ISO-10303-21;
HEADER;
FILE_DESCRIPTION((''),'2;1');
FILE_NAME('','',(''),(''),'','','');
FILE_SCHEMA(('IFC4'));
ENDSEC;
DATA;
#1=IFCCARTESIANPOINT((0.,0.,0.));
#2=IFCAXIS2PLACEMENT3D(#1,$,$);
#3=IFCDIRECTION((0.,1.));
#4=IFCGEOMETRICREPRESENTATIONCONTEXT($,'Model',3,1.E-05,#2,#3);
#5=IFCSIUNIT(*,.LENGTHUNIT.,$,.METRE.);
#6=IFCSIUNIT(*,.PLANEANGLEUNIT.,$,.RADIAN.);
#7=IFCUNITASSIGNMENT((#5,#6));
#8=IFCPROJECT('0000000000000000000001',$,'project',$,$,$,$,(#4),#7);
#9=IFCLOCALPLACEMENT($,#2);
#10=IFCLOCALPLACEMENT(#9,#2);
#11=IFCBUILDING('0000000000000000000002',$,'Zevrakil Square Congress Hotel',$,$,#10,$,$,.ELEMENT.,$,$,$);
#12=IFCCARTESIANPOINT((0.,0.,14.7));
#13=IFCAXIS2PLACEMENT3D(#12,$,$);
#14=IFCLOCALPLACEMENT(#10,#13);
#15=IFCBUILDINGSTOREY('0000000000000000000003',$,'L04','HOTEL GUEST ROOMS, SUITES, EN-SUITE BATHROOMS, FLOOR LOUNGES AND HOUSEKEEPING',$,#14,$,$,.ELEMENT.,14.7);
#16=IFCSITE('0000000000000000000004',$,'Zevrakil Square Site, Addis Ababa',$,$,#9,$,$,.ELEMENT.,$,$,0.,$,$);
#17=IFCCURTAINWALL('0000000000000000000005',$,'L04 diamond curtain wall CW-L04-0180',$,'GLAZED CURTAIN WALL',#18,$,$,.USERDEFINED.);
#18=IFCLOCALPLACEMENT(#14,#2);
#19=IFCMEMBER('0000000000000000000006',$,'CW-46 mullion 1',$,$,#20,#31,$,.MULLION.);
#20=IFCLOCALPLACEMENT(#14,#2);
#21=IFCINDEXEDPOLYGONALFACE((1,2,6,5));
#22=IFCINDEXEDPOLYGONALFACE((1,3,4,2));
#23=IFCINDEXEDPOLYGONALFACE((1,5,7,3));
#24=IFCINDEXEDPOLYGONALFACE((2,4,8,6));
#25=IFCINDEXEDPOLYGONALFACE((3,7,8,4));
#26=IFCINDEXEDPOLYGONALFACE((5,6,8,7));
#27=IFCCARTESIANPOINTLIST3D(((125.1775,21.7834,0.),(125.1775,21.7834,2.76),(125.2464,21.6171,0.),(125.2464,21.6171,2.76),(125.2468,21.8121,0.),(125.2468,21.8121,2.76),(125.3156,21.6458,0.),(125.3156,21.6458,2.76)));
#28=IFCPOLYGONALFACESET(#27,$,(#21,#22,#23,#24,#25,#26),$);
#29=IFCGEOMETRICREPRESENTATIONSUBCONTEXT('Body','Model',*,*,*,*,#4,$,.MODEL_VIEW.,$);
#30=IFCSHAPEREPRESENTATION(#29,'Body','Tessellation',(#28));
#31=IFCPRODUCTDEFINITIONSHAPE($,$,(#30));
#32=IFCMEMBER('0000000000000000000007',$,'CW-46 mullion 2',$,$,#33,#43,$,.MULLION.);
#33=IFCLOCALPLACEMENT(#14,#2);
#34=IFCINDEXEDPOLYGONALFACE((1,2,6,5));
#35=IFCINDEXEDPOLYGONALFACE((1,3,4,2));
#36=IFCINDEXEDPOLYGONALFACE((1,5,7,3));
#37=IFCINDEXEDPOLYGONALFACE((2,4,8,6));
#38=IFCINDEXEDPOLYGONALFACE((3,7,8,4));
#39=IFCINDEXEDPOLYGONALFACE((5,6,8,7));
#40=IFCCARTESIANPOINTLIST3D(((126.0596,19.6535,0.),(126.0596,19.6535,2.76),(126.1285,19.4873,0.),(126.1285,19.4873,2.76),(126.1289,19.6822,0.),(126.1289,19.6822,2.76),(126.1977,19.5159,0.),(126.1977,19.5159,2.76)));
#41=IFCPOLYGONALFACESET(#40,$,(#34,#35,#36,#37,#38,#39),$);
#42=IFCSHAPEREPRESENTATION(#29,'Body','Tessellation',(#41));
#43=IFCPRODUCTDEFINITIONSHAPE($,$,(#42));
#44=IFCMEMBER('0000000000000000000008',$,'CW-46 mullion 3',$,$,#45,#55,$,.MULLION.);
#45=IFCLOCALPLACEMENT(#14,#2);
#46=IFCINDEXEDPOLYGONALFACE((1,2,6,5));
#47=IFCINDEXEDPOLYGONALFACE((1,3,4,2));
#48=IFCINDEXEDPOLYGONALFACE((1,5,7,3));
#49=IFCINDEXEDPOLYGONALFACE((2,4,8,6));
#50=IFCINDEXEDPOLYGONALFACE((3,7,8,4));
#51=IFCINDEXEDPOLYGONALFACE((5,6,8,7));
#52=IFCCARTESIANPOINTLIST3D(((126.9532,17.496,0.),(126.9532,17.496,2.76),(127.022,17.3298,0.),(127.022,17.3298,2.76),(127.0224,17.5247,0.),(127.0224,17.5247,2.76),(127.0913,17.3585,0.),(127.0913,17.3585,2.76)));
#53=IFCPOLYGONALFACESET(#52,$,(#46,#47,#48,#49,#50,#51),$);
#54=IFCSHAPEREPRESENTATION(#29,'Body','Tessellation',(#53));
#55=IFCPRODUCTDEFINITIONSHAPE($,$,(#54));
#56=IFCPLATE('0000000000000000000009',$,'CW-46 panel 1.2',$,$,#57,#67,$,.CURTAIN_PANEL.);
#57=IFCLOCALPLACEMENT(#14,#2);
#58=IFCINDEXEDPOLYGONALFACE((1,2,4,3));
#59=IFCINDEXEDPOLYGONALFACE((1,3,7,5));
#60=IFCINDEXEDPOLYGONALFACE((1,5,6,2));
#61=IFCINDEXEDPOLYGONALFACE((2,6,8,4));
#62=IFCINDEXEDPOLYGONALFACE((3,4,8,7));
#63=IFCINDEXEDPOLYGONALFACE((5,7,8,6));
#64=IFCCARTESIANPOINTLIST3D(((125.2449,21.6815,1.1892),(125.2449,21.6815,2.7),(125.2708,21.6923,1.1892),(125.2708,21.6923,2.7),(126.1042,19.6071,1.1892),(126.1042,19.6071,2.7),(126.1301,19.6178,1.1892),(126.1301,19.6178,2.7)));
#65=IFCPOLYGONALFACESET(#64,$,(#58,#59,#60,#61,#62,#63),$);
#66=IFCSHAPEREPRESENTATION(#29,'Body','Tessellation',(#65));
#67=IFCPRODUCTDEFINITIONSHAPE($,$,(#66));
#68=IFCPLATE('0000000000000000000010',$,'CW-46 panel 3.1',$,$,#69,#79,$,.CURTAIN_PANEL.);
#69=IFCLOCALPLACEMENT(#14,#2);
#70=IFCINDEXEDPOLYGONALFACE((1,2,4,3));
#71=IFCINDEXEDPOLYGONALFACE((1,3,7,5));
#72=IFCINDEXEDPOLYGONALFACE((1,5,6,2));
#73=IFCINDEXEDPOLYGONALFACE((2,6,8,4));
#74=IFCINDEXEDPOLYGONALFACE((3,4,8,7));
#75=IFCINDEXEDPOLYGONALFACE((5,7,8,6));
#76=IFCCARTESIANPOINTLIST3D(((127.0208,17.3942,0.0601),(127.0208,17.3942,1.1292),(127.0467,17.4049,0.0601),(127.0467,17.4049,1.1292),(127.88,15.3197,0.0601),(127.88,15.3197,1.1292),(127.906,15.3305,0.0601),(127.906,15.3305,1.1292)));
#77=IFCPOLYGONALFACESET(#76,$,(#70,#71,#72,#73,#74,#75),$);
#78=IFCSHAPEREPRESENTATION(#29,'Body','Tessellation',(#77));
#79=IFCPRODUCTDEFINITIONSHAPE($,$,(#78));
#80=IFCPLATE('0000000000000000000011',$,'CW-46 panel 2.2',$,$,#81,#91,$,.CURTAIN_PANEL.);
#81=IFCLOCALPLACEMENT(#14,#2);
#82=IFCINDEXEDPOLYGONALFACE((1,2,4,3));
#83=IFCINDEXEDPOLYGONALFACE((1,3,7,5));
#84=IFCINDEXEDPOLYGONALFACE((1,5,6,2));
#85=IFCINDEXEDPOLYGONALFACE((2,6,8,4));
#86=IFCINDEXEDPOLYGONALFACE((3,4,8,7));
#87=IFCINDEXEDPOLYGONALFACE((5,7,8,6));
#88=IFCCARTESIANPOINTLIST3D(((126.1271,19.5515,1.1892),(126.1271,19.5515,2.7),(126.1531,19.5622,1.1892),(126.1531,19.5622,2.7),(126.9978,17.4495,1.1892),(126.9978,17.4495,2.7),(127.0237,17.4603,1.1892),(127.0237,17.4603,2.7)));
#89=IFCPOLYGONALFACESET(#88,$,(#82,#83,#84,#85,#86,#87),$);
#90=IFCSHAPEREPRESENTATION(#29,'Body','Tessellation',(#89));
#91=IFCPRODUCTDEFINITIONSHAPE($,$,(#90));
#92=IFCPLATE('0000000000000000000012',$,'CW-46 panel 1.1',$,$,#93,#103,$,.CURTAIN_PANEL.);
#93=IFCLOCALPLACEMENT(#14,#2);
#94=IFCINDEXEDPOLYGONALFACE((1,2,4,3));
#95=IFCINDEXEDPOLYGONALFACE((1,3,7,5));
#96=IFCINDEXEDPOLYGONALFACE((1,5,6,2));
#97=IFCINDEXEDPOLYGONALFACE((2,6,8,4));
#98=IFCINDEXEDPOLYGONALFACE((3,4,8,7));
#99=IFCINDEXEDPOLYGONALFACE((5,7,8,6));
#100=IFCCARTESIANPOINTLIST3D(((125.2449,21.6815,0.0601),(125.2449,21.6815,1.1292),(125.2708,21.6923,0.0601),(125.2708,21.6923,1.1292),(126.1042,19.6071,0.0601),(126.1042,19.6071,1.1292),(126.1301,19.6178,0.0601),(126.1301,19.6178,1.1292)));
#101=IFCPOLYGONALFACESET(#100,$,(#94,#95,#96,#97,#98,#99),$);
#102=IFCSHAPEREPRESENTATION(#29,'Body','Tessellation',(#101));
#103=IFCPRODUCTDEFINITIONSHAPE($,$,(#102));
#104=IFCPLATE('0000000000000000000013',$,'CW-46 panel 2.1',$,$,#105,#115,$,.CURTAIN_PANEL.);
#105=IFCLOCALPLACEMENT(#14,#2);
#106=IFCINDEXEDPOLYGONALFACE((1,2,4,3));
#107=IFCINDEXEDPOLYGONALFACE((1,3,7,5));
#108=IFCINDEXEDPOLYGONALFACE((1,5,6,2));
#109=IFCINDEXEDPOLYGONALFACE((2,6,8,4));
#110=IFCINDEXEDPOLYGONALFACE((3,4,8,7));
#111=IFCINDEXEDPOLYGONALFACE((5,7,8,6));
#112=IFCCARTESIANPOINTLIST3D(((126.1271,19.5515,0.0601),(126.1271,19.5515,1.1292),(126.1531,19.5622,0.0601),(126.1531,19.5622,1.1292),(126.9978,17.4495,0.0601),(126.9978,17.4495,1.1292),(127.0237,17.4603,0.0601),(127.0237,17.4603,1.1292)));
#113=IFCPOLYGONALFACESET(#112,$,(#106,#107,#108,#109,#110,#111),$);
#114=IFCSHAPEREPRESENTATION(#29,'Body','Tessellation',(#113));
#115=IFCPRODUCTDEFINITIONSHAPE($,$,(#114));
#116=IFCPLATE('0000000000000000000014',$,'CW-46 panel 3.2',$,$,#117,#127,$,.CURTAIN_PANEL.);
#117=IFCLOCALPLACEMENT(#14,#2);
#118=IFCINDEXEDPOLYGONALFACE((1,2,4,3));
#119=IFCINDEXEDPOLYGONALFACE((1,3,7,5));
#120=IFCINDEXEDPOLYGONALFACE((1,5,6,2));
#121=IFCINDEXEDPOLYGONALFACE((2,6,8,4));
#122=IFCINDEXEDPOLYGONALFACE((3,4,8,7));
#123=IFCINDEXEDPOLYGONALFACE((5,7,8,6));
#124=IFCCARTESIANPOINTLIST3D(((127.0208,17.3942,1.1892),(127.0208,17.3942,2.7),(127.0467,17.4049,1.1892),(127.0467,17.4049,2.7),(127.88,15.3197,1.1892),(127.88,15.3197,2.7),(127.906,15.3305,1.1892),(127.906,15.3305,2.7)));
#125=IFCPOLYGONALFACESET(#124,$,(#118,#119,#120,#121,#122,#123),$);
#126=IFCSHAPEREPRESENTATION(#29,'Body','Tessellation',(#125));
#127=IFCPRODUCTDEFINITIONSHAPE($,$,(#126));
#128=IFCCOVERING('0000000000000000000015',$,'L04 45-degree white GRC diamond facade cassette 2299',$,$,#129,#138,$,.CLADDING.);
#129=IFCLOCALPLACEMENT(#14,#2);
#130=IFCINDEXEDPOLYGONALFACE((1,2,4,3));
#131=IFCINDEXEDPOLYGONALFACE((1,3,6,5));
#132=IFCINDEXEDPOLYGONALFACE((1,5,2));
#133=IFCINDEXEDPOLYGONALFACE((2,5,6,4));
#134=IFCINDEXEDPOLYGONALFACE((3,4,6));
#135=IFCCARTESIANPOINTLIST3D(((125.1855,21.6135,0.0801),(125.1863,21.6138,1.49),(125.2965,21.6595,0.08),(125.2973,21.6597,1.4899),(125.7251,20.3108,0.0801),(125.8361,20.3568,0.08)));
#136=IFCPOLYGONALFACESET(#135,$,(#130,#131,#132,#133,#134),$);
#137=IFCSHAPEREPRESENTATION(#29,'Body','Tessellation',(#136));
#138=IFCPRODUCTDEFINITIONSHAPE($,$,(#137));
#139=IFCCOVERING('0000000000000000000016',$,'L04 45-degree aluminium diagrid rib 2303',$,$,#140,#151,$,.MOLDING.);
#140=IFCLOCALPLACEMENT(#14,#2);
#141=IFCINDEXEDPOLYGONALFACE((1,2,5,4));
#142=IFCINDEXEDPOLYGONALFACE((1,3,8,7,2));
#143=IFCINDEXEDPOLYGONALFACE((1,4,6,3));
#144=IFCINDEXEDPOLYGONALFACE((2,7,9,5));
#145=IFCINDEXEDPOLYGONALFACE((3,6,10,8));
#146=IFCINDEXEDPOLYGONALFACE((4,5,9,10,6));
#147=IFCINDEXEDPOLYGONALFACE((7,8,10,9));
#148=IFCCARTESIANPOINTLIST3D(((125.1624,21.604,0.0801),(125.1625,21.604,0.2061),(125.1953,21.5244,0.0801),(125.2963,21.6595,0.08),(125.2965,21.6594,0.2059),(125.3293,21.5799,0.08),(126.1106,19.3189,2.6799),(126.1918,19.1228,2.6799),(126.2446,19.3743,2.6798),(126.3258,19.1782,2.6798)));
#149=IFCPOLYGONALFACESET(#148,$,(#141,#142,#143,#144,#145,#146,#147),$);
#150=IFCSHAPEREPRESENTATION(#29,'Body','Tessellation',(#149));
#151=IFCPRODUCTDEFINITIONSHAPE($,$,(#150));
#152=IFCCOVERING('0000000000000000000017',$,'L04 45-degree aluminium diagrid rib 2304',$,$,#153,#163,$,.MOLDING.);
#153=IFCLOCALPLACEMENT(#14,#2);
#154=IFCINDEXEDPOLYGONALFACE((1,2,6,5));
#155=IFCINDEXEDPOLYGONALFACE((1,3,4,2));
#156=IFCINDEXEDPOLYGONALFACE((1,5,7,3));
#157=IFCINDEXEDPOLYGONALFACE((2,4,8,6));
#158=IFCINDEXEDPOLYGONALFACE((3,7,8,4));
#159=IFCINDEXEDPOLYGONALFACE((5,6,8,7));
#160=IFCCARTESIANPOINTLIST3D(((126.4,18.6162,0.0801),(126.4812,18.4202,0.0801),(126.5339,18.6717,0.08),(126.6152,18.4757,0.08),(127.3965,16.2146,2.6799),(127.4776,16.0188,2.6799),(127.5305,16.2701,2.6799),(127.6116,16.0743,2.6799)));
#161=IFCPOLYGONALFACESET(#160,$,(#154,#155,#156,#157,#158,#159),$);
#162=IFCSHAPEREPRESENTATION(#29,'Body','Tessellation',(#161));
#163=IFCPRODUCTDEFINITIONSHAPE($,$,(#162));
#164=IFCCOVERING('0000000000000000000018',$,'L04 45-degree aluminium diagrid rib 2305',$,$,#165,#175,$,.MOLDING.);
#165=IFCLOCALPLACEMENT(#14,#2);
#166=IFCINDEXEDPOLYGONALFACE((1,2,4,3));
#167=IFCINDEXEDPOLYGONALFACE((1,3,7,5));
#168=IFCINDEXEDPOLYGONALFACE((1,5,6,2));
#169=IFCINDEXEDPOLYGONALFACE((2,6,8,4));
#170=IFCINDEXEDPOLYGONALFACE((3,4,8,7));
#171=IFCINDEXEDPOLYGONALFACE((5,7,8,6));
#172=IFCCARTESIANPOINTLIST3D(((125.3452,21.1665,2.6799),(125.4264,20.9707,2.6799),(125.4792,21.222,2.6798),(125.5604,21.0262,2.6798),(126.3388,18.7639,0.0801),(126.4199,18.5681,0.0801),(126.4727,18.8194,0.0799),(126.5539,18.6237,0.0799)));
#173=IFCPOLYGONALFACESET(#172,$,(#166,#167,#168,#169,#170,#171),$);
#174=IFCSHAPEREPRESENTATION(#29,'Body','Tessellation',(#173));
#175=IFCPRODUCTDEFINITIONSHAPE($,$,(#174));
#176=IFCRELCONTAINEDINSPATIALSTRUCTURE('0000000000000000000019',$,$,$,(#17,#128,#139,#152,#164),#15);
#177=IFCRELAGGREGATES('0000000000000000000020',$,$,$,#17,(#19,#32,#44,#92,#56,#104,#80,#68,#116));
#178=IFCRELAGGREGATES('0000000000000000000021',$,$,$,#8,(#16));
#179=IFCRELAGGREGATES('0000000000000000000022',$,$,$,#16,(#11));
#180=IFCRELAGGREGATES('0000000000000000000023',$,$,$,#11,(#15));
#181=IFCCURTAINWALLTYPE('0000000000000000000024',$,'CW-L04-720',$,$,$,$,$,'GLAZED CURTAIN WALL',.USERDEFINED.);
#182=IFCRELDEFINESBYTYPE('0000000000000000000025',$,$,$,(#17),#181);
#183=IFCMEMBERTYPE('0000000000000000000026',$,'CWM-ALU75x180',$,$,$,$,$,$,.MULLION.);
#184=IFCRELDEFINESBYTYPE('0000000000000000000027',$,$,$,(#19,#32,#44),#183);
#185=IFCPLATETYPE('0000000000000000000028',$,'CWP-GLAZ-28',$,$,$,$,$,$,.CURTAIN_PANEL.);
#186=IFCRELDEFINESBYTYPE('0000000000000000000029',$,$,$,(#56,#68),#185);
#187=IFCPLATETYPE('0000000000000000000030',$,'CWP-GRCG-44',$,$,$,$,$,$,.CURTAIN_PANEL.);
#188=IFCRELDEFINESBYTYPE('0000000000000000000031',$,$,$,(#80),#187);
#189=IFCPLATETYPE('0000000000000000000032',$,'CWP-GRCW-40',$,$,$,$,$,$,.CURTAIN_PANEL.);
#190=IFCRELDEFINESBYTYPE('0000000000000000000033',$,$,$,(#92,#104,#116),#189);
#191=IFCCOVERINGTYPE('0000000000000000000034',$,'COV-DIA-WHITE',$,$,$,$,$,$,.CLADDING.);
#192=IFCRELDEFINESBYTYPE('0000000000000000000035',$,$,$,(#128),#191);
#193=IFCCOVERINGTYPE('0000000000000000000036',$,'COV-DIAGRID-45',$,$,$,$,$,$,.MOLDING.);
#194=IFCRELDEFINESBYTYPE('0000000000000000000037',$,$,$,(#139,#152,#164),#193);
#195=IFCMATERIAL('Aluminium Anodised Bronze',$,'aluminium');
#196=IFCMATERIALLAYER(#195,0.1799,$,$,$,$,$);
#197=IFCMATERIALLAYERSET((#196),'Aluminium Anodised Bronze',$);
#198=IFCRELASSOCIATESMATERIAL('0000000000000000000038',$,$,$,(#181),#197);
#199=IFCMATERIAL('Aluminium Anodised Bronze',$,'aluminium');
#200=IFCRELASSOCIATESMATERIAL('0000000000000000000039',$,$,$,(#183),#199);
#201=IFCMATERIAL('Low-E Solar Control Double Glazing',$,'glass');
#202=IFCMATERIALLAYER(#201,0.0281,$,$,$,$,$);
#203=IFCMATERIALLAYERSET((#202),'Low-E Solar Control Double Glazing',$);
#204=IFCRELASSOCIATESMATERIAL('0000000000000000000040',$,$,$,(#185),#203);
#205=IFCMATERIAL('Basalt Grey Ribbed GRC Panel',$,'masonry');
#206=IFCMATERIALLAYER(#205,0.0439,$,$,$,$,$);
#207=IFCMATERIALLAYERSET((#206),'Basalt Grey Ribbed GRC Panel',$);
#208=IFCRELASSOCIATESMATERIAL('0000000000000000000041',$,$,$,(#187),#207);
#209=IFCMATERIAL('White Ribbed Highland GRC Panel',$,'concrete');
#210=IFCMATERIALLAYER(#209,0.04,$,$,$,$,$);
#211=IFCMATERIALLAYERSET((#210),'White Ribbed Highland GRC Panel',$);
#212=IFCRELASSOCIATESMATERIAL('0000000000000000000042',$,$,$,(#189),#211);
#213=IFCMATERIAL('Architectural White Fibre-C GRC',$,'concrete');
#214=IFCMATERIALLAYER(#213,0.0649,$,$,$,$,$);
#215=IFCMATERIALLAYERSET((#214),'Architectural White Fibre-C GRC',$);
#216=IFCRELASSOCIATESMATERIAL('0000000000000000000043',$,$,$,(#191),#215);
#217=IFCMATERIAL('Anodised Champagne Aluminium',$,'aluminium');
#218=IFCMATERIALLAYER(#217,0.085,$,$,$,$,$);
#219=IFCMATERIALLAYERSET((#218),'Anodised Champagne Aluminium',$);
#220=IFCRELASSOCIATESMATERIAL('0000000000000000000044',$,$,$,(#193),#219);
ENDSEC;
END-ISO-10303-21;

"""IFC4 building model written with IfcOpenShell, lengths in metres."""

from ifc_helpers import new_model, si_unit, direction, frame, origin, origin_2d, place, context, subcontext, project, spatial, polyline, rectangle, outline, extrude, material, layer, layer_set, material_profile, profile_set, type_object, element, aggregate, save


model = new_model("IFC4")

# Units and contexts
model_context = context("Model", 3, precision=1e-05, world=origin(), true_north=direction((0.0, 1.0)))
body_context = subcontext(model_context, "Body", "Model", "MODEL_VIEW")
ifc_project = project(units=[si_unit("LENGTHUNIT", "METRE"), si_unit("PLANEANGLEUNIT", "RADIAN")], contexts=[model_context])

# Site, building, storey
site_placement = place(None, origin())
site = spatial("IfcSite", under=ifc_project, at=site_placement, Name="Zevrakil Square Site, Addis Ababa", CompositionType="ELEMENT", RefElevation=0.0)
building_placement = place(site_placement, origin())
building = spatial("IfcBuilding", under=site, at=building_placement, Name="Zevrakil Square Congress Hotel", CompositionType="ELEMENT")
storey_placement = place(building_placement, frame((0.0, 0.0, 14.7)))
storey = spatial("IfcBuildingStorey", under=building, at=storey_placement, Name="L04", Description="HOTEL GUEST ROOMS, SUITES, EN-SUITE BATHROOMS, FLOOR LOUNGES AND HOUSEKEEPING", CompositionType="ELEMENT", Elevation=14.7)

# Curtain wall, members, plates
ifc_material_1 = material(Name="Aluminium Anodised Bronze", Category="aluminium")
ifc_layer_1 = layer(ifc_material_1, 0.1799)
ifc_layer_set_1 = layer_set([ifc_layer_1], Name="Aluminium Anodised Bronze")
curtain_wall_type = type_object("IfcCurtainWallType", Name="CW-L04-720", ElementType="GLAZED CURTAIN WALL", PredefinedType="USERDEFINED", material=ifc_layer_set_1)
curtain_wall_placement = place(storey_placement, origin())
curtain_wall = element("IfcCurtainWall", 1, at=curtain_wall_placement, inside=storey, type_object=curtain_wall_type, Name="L04 diamond curtain wall CW-L04-0180", ObjectType="GLAZED CURTAIN WALL", PredefinedType="USERDEFINED")
ifc_material_2 = material(Name="Aluminium Anodised Bronze", Category="aluminium")
ifc_material_profile_1 = material_profile(ifc_material_2, rectangle(XDim=0.075, YDim=0.1799, at=origin_2d()), Name="ALU 75x180")
ifc_profile_set_1 = profile_set([ifc_material_profile_1], Name="Aluminium Anodised Bronze")
member_type_1 = type_object("IfcMemberType", Name="CWM-ALU75x180", PredefinedType="MULLION", material=ifc_profile_set_1)
member_1_placement = place(storey_placement, frame((125.2466, 21.7146, 0.0), z_axis=(0.0, 0.0, 1.0), x_axis=(0.923879, 0.382684, 0.0)))
member_1 = element("IfcMember", 2, at=member_1_placement, type_object=member_type_1, Name="CW-46 mullion 1", PredefinedType="MULLION", context=body_context, shape_type="SweptSolid", body=[
    extrude(rectangle(XDim=0.075, YDim=0.1799, at=origin_2d()), origin(), (0.0, 0.0, 1.0), 2.76),
])
member_2_placement = place(storey_placement, frame((126.1287, 19.5847, 0.0), z_axis=(0.0, 0.0, 1.0), x_axis=(0.923879, 0.382684, 0.0)))
member_2 = element("IfcMember", 3, at=member_2_placement, type_object=member_type_1, Name="CW-46 mullion 2", PredefinedType="MULLION", context=body_context, shape_type="SweptSolid", body=[
    extrude(rectangle(XDim=0.075, YDim=0.1799, at=origin_2d()), origin(), (0.0, 0.0, 1.0), 2.76),
])
member_3_placement = place(storey_placement, frame((127.0222, 17.4272, 0.0), z_axis=(0.0, 0.0, 1.0), x_axis=(0.923879, 0.382684, 0.0)))
member_3 = element("IfcMember", 4, at=member_3_placement, type_object=member_type_1, Name="CW-46 mullion 3", PredefinedType="MULLION", context=body_context, shape_type="SweptSolid", body=[
    extrude(rectangle(XDim=0.075, YDim=0.1799, at=origin_2d()), origin(), (0.0, 0.0, 1.0), 2.76),
])
ifc_material_3 = material(Name="Low-E Solar Control Double Glazing", Category="glass")
ifc_layer_2 = layer(ifc_material_3, 0.0281)
ifc_layer_set_2 = layer_set([ifc_layer_2], Name="Low-E Solar Control Double Glazing")
plate_type_1 = type_object("IfcPlateType", Name="CWP-GLAZ-28", PredefinedType="CURTAIN_PANEL", material=ifc_layer_set_2)
plate_1_placement = place(storey_placement, frame((125.6875, 20.6497, 1.1892), z_axis=(0.0, 0.0, 1.0), x_axis=(0.382684, -0.923879, 0.0)))
plate_1 = element("IfcPlate", 5, at=plate_1_placement, type_object=plate_type_1, Name="CW-46 panel 1.2", PredefinedType="CURTAIN_PANEL", context=body_context, shape_type="SweptSolid", body=[
    extrude(rectangle(XDim=2.2454, YDim=0.0281, at=origin_2d()), origin(), (0.0, 0.0, 1.0), 1.5107),
])
plate_2_placement = place(storey_placement, frame((127.4634, 16.3623, 0.0601), z_axis=(0.0, 0.0, 1.0), x_axis=(0.382684, -0.923879, 0.0)))
plate_2 = element("IfcPlate", 6, at=plate_2_placement, type_object=plate_type_1, Name="CW-46 panel 3.1", PredefinedType="CURTAIN_PANEL", context=body_context, shape_type="SweptSolid", body=[
    extrude(rectangle(XDim=2.2454, YDim=0.0281, at=origin_2d()), origin(), (0.0, 0.0, 1.0), 1.0691),
])
ifc_material_4 = material(Name="Basalt Grey Ribbed GRC Panel", Category="masonry")
ifc_layer_3 = layer(ifc_material_4, 0.0439)
ifc_layer_set_3 = layer_set([ifc_layer_3], Name="Basalt Grey Ribbed GRC Panel")
plate_type_2 = type_object("IfcPlateType", Name="CWP-GRCG-44", PredefinedType="CURTAIN_PANEL", material=ifc_layer_set_3)
plate_3_placement = place(storey_placement, frame((126.5754, 18.5059, 1.1892), z_axis=(0.0, 0.0, 1.0), x_axis=(0.382684, -0.923879, 0.0)))
plate_3 = element("IfcPlate", 7, at=plate_3_placement, type_object=plate_type_2, Name="CW-46 panel 2.2", PredefinedType="CURTAIN_PANEL", context=body_context, shape_type="SweptSolid", body=[
    extrude(rectangle(XDim=2.2751, YDim=0.0281, at=origin_2d()), origin(), (0.0, 0.0, 1.0), 1.5107),
])
ifc_material_5 = material(Name="White Ribbed Highland GRC Panel", Category="concrete")
ifc_layer_4 = layer(ifc_material_5, 0.04)
ifc_layer_set_4 = layer_set([ifc_layer_4], Name="White Ribbed Highland GRC Panel")
plate_type_3 = type_object("IfcPlateType", Name="CWP-GRCW-40", PredefinedType="CURTAIN_PANEL", material=ifc_layer_set_4)
plate_4_placement = place(storey_placement, frame((125.6875, 20.6497, 0.0601), z_axis=(0.0, 0.0, 1.0), x_axis=(0.382684, -0.923879, 0.0)))
plate_4 = element("IfcPlate", 8, at=plate_4_placement, type_object=plate_type_3, Name="CW-46 panel 1.1", PredefinedType="CURTAIN_PANEL", context=body_context, shape_type="SweptSolid", body=[
    extrude(rectangle(XDim=2.2454, YDim=0.0281, at=origin_2d()), origin(), (0.0, 0.0, 1.0), 1.0691),
])
plate_5_placement = place(storey_placement, frame((126.5754, 18.5059, 0.0601), z_axis=(0.0, 0.0, 1.0), x_axis=(0.382684, -0.923879, 0.0)))
plate_5 = element("IfcPlate", 9, at=plate_5_placement, type_object=plate_type_3, Name="CW-46 panel 2.1", PredefinedType="CURTAIN_PANEL", context=body_context, shape_type="SweptSolid", body=[
    extrude(rectangle(XDim=2.2751, YDim=0.0281, at=origin_2d()), origin(), (0.0, 0.0, 1.0), 1.0691),
])
plate_6_placement = place(storey_placement, frame((127.4634, 16.3623, 1.1892), z_axis=(0.0, 0.0, 1.0), x_axis=(0.382684, -0.923879, 0.0)))
plate_6 = element("IfcPlate", 10, at=plate_6_placement, type_object=plate_type_3, Name="CW-46 panel 3.2", PredefinedType="CURTAIN_PANEL", context=body_context, shape_type="SweptSolid", body=[
    extrude(rectangle(XDim=2.2454, YDim=0.0281, at=origin_2d()), origin(), (0.0, 0.0, 1.0), 1.5107),
])
aggregate(curtain_wall, [member_1, member_2, member_3, plate_4, plate_1, plate_5, plate_3, plate_2, plate_6])

# Coverings
ifc_material_6 = material(Name="Architectural White Fibre-C GRC", Category="concrete")
ifc_layer_5 = layer(ifc_material_6, 0.0649)
ifc_layer_set_5 = layer_set([ifc_layer_5], Name="Architectural White Fibre-C GRC")
covering_type_1 = type_object("IfcCoveringType", Name="COV-DIA-WHITE", PredefinedType="CLADDING", material=ifc_layer_set_5)
covering_1_placement = place(storey_placement, frame((125.7251, 20.3108, 0.0801), z_axis=(-0.923894, -0.382647, 0.000546), x_axis=(-0.382647, 0.923894, 0.0)))
element("IfcCovering", 11, at=covering_1_placement, inside=storey, type_object=covering_type_1, Name="L04 45-degree white GRC diamond facade cassette 2299", PredefinedType="CLADDING", context=body_context, shape_type="SweptSolid", body=[
    extrude(outline(polyline([(0.0, 0.0), (1.41, 0.0), (1.41, -1.4099), (0.0, 0.0)])), origin(), (0.0, 0.0, -1.0), 0.1201),
])
ifc_material_7 = material(Name="Anodised Champagne Aluminium", Category="aluminium")
ifc_layer_6 = layer(ifc_material_7, 0.085)
ifc_layer_set_6 = layer_set([ifc_layer_6], Name="Anodised Champagne Aluminium")
covering_type_2 = type_object("IfcCoveringType", Name="COV-DIAGRID-45", PredefinedType="MOLDING", material=ifc_layer_set_6)
covering_2_placement = place(storey_placement, frame((125.1953, 21.5244, 0.0801), z_axis=(-0.923943, -0.382529, 0.000771), x_axis=(-0.382529, 0.923943, 0.0)))
element("IfcCovering", 12, at=covering_2_placement, inside=storey, type_object=covering_type_2, Name="L04 45-degree aluminium diagrid rib 2303", PredefinedType="MOLDING", context=body_context, shape_type="SweptSolid", body=[
    extrude(outline(polyline([(0.0, 0.0), (0.0861, 0.0), (0.0861, -0.126), (-2.3879, -2.5999), (-2.6002, -2.5999), (0.0, 0.0)])), origin(), (0.0, 0.0, -1.0), 0.145),
])
covering_3_placement = place(storey_placement, frame((126.4812, 18.4202, 0.0801), z_axis=(-0.923841, -0.382775, 0.000515), x_axis=(-0.382775, 0.923841, 0.0)))
element("IfcCovering", 13, at=covering_3_placement, inside=storey, type_object=covering_type_2, Name="L04 45-degree aluminium diagrid rib 2304", PredefinedType="MOLDING", context=body_context, shape_type="SweptSolid", body=[
    extrude(outline(polyline([(0.0, 0.0), (0.2122, 0.0), (-2.3879, -2.5999), (-2.5999, -2.5999), (0.0, 0.0)])), origin(), (0.0, 0.0, -1.0), 0.145),
])
covering_4_placement = place(storey_placement, frame((125.3452, 21.1665, 2.6799), z_axis=(-0.923757, -0.382979, 0.000908), x_axis=(0.382979, -0.923757, 0.0)))
element("IfcCovering", 14, at=covering_4_placement, inside=storey, type_object=covering_type_2, Name="L04 45-degree aluminium diagrid rib 2305", PredefinedType="MOLDING", context=body_context, shape_type="SweptSolid", body=[
    extrude(outline(polyline([(0.0, 0.0), (0.212, 0.0), (2.8119, -2.5999), (2.6, -2.5999), (0.0, 0.0)])), origin(), (0.0, 0.0, -1.0), 0.145),
])

save(model, "model.ifc")
